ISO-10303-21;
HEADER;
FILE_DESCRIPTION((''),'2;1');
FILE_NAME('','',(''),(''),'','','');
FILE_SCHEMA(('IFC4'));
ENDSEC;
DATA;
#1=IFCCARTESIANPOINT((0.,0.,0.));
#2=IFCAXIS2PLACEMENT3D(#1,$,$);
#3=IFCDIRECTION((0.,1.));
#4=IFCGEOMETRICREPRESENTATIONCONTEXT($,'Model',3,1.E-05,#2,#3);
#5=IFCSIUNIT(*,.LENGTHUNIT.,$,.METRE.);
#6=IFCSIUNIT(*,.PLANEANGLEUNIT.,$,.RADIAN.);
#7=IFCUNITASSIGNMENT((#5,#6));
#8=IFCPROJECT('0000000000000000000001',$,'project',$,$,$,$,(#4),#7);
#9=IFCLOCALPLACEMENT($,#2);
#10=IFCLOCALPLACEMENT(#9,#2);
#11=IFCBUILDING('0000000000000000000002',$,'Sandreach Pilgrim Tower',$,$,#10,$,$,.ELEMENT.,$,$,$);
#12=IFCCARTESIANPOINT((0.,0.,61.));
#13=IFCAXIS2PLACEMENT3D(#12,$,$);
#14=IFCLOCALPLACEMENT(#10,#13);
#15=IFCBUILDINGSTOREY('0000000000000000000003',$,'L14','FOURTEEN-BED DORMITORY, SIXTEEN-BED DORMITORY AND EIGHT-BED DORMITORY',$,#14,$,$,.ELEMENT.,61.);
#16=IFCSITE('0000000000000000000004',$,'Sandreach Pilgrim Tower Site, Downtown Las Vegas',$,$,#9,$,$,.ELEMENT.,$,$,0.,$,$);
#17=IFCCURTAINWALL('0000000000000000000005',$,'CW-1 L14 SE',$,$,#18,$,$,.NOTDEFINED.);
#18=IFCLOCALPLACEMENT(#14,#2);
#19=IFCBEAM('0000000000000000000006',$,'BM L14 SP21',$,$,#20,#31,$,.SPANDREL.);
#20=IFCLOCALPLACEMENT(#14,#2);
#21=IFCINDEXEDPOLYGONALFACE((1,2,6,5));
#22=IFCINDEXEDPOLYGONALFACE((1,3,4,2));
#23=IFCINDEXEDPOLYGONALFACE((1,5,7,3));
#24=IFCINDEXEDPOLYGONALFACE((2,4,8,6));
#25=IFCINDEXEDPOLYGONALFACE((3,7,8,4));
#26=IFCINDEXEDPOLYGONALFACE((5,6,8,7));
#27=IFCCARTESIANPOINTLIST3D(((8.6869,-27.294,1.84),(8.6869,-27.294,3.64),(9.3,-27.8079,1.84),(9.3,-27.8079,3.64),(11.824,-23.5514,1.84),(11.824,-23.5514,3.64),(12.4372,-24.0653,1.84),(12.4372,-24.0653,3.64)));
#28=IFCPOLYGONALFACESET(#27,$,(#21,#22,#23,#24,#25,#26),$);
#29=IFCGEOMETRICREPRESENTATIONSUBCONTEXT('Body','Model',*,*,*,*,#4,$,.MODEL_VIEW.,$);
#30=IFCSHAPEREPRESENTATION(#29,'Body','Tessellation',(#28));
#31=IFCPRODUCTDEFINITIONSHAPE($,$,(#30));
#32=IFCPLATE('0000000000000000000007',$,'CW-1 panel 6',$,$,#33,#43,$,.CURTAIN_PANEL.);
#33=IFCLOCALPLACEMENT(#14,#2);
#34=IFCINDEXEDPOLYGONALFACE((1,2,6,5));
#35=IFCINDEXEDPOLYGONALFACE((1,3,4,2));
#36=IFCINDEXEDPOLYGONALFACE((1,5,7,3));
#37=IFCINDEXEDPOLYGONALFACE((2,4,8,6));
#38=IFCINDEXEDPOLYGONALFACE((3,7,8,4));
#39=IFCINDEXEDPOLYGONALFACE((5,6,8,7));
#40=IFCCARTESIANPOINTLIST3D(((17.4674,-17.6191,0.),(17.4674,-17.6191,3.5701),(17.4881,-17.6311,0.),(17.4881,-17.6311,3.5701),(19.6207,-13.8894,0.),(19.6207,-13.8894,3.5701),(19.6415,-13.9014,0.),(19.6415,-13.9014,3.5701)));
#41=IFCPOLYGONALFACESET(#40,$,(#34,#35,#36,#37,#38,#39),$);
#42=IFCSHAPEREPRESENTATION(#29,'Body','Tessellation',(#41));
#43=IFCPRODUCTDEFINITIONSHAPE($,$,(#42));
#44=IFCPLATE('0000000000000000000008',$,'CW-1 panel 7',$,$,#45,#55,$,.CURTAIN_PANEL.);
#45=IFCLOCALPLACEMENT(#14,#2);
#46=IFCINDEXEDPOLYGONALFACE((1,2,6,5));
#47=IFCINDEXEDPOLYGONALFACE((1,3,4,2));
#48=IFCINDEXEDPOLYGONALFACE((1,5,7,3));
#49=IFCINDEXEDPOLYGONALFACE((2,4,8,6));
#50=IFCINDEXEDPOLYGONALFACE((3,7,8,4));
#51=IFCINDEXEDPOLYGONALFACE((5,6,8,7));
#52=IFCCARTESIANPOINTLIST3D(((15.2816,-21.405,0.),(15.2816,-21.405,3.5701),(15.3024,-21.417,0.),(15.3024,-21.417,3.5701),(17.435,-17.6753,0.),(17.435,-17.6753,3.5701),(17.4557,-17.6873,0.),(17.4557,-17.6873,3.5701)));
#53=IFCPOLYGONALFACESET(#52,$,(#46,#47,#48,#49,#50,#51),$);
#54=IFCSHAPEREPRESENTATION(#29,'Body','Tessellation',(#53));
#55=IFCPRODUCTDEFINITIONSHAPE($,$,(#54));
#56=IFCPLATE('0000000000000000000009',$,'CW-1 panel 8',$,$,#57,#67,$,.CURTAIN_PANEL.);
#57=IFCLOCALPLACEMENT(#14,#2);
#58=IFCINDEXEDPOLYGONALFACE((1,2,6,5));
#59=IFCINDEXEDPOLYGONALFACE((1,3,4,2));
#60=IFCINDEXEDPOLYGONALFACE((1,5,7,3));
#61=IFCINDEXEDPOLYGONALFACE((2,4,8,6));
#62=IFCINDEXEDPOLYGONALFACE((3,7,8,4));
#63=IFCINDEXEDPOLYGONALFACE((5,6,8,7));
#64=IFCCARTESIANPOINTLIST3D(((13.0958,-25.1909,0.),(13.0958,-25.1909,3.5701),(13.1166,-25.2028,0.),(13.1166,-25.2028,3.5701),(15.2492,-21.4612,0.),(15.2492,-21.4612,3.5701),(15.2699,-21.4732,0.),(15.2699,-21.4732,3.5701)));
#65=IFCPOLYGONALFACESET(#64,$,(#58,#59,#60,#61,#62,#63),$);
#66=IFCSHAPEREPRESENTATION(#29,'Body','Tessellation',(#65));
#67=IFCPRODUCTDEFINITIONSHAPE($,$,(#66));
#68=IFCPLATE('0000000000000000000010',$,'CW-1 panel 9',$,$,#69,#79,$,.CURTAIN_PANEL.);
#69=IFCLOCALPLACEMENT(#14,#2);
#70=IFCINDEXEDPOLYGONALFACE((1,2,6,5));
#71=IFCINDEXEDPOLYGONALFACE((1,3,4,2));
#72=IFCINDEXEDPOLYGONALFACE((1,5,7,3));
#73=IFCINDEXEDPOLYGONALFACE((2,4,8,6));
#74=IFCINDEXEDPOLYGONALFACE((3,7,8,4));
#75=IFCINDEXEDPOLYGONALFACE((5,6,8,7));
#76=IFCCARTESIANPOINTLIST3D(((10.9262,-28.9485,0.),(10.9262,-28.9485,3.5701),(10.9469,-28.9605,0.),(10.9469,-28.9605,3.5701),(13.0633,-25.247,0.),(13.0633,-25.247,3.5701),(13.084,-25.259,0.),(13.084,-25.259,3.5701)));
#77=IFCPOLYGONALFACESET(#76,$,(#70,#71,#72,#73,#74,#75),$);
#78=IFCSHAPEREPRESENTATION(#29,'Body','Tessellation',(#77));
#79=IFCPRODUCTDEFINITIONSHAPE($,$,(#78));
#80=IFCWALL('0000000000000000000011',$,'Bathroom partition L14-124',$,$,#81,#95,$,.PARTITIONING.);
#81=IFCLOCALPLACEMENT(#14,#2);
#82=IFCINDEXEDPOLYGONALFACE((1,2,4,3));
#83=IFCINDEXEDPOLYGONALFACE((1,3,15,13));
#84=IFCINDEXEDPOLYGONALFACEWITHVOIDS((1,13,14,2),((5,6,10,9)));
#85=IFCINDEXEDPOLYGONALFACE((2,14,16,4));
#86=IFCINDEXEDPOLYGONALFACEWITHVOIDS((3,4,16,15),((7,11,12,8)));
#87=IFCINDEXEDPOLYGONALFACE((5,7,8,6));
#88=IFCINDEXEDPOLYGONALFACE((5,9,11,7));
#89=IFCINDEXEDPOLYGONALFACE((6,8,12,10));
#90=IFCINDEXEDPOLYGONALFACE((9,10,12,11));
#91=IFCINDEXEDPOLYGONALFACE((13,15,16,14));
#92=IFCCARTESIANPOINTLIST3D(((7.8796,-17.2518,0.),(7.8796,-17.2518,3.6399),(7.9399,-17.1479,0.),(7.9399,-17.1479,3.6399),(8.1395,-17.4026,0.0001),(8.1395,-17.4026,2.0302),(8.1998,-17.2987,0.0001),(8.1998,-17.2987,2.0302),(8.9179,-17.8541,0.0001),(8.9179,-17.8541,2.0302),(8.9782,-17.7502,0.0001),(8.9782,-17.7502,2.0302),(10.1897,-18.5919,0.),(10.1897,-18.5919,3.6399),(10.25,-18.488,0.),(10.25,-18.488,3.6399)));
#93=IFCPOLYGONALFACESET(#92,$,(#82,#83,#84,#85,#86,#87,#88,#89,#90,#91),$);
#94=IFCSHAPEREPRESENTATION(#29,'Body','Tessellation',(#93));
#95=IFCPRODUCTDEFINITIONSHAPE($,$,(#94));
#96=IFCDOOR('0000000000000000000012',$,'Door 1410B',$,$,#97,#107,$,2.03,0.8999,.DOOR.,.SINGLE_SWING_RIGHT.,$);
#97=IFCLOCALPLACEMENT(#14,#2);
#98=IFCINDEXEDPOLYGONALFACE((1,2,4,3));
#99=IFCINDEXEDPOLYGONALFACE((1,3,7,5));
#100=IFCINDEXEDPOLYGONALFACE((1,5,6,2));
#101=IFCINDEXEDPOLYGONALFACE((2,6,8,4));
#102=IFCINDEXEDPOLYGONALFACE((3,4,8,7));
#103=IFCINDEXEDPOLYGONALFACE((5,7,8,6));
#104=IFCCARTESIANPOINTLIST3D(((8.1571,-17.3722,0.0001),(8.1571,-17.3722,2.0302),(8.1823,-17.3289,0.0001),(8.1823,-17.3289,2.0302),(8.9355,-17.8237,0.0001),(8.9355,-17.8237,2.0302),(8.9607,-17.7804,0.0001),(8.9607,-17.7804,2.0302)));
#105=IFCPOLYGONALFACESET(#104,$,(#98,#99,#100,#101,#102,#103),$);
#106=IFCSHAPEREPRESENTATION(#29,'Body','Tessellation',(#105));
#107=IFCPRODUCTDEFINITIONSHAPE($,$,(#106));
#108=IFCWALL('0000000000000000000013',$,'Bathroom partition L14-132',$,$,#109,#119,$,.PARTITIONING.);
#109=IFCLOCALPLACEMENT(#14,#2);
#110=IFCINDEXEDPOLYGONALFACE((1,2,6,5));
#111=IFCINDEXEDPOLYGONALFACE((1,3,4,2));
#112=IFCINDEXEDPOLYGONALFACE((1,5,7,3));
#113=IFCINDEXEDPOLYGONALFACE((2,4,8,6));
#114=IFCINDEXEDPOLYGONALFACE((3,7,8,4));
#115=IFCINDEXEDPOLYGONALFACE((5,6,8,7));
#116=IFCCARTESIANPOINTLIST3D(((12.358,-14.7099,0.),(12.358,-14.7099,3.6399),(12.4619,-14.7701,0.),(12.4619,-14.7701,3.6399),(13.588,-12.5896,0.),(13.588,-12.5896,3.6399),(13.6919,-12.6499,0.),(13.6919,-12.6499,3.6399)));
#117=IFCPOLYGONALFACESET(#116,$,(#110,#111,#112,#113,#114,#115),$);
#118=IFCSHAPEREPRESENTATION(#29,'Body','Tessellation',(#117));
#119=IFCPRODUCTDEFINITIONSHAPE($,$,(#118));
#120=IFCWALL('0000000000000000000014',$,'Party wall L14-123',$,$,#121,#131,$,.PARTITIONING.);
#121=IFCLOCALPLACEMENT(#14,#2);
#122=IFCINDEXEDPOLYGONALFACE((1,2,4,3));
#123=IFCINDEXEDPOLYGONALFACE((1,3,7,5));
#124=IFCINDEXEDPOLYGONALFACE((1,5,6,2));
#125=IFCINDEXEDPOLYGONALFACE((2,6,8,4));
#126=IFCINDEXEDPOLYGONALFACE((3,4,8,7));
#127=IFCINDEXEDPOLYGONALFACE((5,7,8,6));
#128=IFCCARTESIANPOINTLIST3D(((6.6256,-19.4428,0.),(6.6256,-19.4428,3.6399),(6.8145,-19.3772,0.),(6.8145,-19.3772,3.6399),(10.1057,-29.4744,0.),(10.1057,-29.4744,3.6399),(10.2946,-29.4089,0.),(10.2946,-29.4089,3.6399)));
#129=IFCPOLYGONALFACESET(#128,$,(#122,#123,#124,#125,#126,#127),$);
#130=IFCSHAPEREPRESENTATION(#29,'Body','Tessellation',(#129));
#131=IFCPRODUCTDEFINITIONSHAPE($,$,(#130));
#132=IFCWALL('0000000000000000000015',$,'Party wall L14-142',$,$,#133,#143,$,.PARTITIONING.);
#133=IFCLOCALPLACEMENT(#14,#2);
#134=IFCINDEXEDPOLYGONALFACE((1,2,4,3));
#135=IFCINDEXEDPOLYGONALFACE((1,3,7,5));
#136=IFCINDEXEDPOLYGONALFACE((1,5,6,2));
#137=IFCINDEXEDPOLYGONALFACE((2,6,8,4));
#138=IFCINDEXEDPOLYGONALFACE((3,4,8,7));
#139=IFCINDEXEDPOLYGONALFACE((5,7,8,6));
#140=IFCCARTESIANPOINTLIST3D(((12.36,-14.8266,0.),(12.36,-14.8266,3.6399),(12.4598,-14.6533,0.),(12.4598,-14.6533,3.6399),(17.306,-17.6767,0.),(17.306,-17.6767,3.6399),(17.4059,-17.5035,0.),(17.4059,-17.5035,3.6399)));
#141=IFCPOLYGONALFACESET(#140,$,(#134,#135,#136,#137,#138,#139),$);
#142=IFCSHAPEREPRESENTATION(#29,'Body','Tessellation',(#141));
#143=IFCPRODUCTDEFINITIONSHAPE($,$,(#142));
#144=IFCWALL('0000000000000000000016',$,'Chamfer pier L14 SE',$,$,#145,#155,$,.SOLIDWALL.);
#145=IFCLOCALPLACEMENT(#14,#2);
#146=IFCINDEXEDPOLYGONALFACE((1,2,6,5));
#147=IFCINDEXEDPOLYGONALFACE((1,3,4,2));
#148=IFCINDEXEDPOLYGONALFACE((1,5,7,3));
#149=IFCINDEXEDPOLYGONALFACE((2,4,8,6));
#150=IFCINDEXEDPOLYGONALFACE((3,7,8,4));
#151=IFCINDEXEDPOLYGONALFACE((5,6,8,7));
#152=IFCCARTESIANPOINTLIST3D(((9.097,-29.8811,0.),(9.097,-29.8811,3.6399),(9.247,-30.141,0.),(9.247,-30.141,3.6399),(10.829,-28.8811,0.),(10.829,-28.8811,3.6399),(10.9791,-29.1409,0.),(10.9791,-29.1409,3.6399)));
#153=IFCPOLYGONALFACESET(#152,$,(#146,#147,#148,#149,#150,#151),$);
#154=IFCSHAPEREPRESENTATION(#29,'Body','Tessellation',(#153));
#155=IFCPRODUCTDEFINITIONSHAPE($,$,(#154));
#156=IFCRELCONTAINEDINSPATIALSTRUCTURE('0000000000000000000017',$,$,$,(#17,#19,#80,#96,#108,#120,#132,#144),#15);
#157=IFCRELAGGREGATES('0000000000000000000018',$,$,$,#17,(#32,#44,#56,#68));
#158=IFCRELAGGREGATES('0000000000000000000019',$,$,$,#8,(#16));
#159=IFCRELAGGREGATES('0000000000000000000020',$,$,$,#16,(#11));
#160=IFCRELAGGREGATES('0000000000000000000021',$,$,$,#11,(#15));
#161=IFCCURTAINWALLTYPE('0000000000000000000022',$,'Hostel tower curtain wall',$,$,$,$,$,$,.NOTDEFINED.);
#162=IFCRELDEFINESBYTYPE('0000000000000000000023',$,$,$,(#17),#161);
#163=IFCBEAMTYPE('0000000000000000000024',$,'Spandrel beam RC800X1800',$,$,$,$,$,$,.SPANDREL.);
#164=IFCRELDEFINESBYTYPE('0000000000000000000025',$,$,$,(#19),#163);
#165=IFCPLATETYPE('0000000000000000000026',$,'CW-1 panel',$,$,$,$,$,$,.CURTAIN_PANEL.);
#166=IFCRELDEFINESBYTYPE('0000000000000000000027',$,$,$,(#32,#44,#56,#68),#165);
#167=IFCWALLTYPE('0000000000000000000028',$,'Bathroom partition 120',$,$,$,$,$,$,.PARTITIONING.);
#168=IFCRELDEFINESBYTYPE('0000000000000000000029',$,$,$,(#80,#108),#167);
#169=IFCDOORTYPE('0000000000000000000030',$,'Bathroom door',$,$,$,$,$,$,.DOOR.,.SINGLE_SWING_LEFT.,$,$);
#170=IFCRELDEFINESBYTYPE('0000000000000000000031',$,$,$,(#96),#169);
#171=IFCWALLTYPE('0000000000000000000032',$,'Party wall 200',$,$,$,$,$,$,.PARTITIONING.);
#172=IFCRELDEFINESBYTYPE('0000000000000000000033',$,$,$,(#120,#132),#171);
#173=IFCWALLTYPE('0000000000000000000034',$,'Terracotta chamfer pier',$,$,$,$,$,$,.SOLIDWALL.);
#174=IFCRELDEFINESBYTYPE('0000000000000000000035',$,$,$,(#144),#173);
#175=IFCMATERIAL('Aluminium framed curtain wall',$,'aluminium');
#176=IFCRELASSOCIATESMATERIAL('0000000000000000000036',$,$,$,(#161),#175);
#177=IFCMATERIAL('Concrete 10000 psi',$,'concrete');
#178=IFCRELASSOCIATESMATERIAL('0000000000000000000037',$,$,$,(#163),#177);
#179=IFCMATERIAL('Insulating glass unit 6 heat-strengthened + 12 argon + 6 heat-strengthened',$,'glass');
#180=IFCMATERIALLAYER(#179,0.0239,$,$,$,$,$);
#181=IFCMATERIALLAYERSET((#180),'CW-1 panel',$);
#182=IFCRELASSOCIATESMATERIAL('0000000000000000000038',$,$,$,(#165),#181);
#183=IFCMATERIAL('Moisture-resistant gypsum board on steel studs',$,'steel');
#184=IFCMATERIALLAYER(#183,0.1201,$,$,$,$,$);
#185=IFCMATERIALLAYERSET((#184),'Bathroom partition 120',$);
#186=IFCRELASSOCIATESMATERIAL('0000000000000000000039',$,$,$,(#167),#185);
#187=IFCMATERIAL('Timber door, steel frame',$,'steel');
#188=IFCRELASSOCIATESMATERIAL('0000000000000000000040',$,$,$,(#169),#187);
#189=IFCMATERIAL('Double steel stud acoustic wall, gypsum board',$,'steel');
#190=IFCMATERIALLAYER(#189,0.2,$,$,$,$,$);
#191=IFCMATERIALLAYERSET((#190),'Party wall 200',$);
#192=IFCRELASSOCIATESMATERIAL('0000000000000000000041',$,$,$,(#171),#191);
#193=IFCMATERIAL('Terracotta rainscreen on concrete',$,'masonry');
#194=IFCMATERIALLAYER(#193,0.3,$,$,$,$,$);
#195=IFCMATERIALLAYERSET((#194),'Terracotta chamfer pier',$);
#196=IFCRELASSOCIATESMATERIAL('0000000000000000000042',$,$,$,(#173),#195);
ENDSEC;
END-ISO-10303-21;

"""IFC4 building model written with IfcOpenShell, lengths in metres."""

from ifc_helpers import new_model, si_unit, direction, frame, frame_2d, origin, origin_2d, place, context, subcontext, project, spatial, rectangle, extrude, material, layer, layer_set, material_profile, profile_set, type_object, element, fill, aggregate, save


model = new_model("IFC4")

# Units and contexts
model_context = context("Model", 3, precision=1e-05, world=origin(), true_north=direction((0.0, 1.0)))
body_context = subcontext(model_context, "Body", "Model", "MODEL_VIEW")
ifc_project = project(units=[si_unit("LENGTHUNIT", "METRE"), si_unit("PLANEANGLEUNIT", "RADIAN")], contexts=[model_context])

# Site, building, storey
site_placement = place(None, origin())
site = spatial("IfcSite", under=ifc_project, at=site_placement, Name="Sandreach Pilgrim Tower Site, Downtown Las Vegas", CompositionType="ELEMENT", RefElevation=0.0)
building_placement = place(site_placement, origin())
building = spatial("IfcBuilding", under=site, at=building_placement, Name="Sandreach Pilgrim Tower", CompositionType="ELEMENT")
storey_placement = place(building_placement, frame((0.0, 0.0, 61.0)))
storey = spatial("IfcBuildingStorey", under=building, at=storey_placement, Name="L14", Description="FOURTEEN-BED DORMITORY, SIXTEEN-BED DORMITORY AND EIGHT-BED DORMITORY", CompositionType="ELEMENT", Elevation=61.0)

# Curtain wall
ifc_material_1 = material(Name="Aluminium framed curtain wall", Category="aluminium")
curtain_wall_type = type_object("IfcCurtainWallType", Name="Hostel tower curtain wall", PredefinedType="NOTDEFINED", material=ifc_material_1)
curtain_wall_1_placement = place(storey_placement, origin())
curtain_wall_1 = element("IfcCurtainWall", 1, at=curtain_wall_1_placement, inside=storey, type_object=curtain_wall_type, Name="CW-1 L14 SE", PredefinedType="NOTDEFINED")

# Beam
ifc_material_2 = material(Name="Concrete 10000 psi", Category="concrete")
ifc_material_profile_1 = material_profile(ifc_material_2, rectangle(XDim=0.8, YDim=1.8, at=origin_2d()), Name="RC800X1800")
ifc_profile_set_1 = profile_set([ifc_material_profile_1], Name="Concrete 10000 psi")
beam_type_1 = type_object("IfcBeamType", Name="Spandrel beam RC800X1800", PredefinedType="SPANDREL", material=ifc_profile_set_1)
beam_1_placement = place(storey_placement, frame((12.1306, -23.8083, 2.74), z_axis=(-0.642394, -0.766374, 0.0), x_axis=(0.766374, -0.642394, 0.0)))
element("IfcBeam", 2, at=beam_1_placement, inside=storey, type_object=beam_type_1, Name="BM L14 SP21", PredefinedType="SPANDREL", context=body_context, shape_type="SweptSolid", body=[
    extrude(rectangle(XDim=0.8, YDim=1.8, at=origin_2d()), origin(), (0.0, 0.0, 1.0), 4.8835),
])

# Plates
ifc_material_3 = material(Name="Insulating glass unit 6 heat-strengthened + 12 argon + 6 heat-strengthened", Category="glass")
ifc_layer_1 = layer(ifc_material_3, 0.0239)
ifc_layer_set_1 = layer_set([ifc_layer_1], Name="CW-1 panel")
plate_type = type_object("IfcPlateType", Name="CW-1 panel", PredefinedType="CURTAIN_PANEL", material=ifc_layer_set_1)
plate_1_placement = place(storey_placement, frame((18.5544, -15.7603, 0.0), z_axis=(0.0, 0.0, 1.0), x_axis=(-0.5, -0.866025, 0.0)))
plate_1 = element("IfcPlate", 3, at=plate_1_placement, type_object=plate_type, Name="CW-1 panel 6", PredefinedType="CURTAIN_PANEL", context=body_context, shape_type="SweptSolid", body=[
    extrude(rectangle(XDim=4.3066, YDim=0.0239, at=origin_2d()), origin(), (0.0, 0.0, 1.0), 3.5701),
])
plate_2_placement = place(storey_placement, frame((16.3687, -19.5461, 0.0), z_axis=(0.0, 0.0, 1.0), x_axis=(-0.5, -0.866025, 0.0)))
plate_2 = element("IfcPlate", 4, at=plate_2_placement, type_object=plate_type, Name="CW-1 panel 7", PredefinedType="CURTAIN_PANEL", context=body_context, shape_type="SweptSolid", body=[
    extrude(rectangle(XDim=4.3066, YDim=0.0239, at=origin_2d()), origin(), (0.0, 0.0, 1.0), 3.5701),
])
plate_3_placement = place(storey_placement, frame((14.1829, -23.332, 0.0), z_axis=(0.0, 0.0, 1.0), x_axis=(-0.5, -0.866025, 0.0)))
plate_3 = element("IfcPlate", 5, at=plate_3_placement, type_object=plate_type, Name="CW-1 panel 8", PredefinedType="CURTAIN_PANEL", context=body_context, shape_type="SweptSolid", body=[
    extrude(rectangle(XDim=4.3066, YDim=0.0239, at=origin_2d()), origin(), (0.0, 0.0, 1.0), 3.5701),
])
plate_4_placement = place(storey_placement, frame((12.0051, -27.1038, 0.0), z_axis=(0.0, 0.0, 1.0), x_axis=(-0.5, -0.866025, 0.0)))
plate_4 = element("IfcPlate", 6, at=plate_4_placement, type_object=plate_type, Name="CW-1 panel 9", PredefinedType="CURTAIN_PANEL", context=body_context, shape_type="SweptSolid", body=[
    extrude(rectangle(XDim=4.2742, YDim=0.0239, at=origin_2d()), origin(), (0.0, 0.0, 1.0), 3.5701),
])
aggregate(curtain_wall_1, [plate_1, plate_2, plate_3, plate_4])

# Wall, opening, door
ifc_material_4 = material(Name="Moisture-resistant gypsum board on steel studs", Category="steel")
ifc_layer_2 = layer(ifc_material_4, 0.1201)
ifc_layer_set_2 = layer_set([ifc_layer_2], Name="Bathroom partition 120")
wall_type_1 = type_object("IfcWallType", Name="Bathroom partition 120", PredefinedType="PARTITIONING", material=ifc_layer_set_2)
wall_1_placement = place(storey_placement, frame((10.22, -18.54, 0.0), z_axis=(0.0, 0.0, 1.0), x_axis=(-0.86499, 0.501789, 0.0)))
wall_1 = element("IfcWall", 7, at=wall_1_placement, inside=storey, type_object=wall_type_1, Name="Bathroom partition L14-124", PredefinedType="PARTITIONING", context=body_context, shape_type="SweptSolid", body=[
    extrude(rectangle(XDim=2.6707, YDim=0.1201, at=frame_2d((1.3354, 0.0))), origin(), (0.0, 0.0, 1.0), 3.6399),
])
opening_placement = place(wall_1_placement, frame((1.4705, 0.0, 0.0)))
opening = element("IfcOpeningElement", 8, at=opening_placement, cuts=wall_1, PredefinedType="OPENING", context=body_context, shape_type="SweptSolid", body=[
    extrude(rectangle(XDim=0.8999, YDim=2.03, at=frame_2d((0.45, 1.0151))), frame((0.0, 0.0601, 0.0), z_axis=(0.0, -1.0, 0.0), x_axis=(1.0, 0.0, 0.0)), (0.0, 0.0, 1.0), 0.1201),
])
ifc_material_5 = material(Name="Timber door, steel frame", Category="steel")
door_type = type_object("IfcDoorType", Name="Bathroom door", OperationType="SINGLE_SWING_LEFT", PredefinedType="DOOR", material=ifc_material_5)
door_placement = place(opening_placement, origin())
door = element("IfcDoor", 9, at=door_placement, inside=storey, type_object=door_type, Name="Door 1410B", OperationType="SINGLE_SWING_RIGHT", OverallHeight=2.03, OverallWidth=0.8999, PredefinedType="DOOR", context=body_context, shape_type="SweptSolid", body=[
    extrude(rectangle(XDim=0.8999, YDim=2.03, at=frame_2d((0.45, 1.0151))), frame((0.0, 0.0249, 0.0), z_axis=(0.0, -1.0, 0.0), x_axis=(1.0, 0.0, 0.0)), (0.0, 0.0, 1.0), 0.05),
])
fill(opening, door)

# Walls
wall_2_placement = place(storey_placement, frame((12.4099, -14.74, 0.0), z_axis=(0.0, 0.0, 1.0), x_axis=(0.501813, 0.864976, 0.0)))
element("IfcWall", 10, at=wall_2_placement, inside=storey, type_object=wall_type_1, Name="Bathroom partition L14-132", PredefinedType="PARTITIONING", context=body_context, shape_type="SweptSolid", body=[
    extrude(rectangle(XDim=2.4512, YDim=0.1201, at=frame_2d((1.2256, 0.0))), origin(), (0.0, 0.0, 1.0), 3.6399),
])
ifc_material_6 = material(Name="Double steel stud acoustic wall, gypsum board", Category="steel")
ifc_layer_3 = layer(ifc_material_6, 0.2)
ifc_layer_set_3 = layer_set([ifc_layer_3], Name="Party wall 200")
wall_type_2 = type_object("IfcWallType", Name="Party wall 200", PredefinedType="PARTITIONING", material=ifc_layer_set_3)
wall_3_placement = place(storey_placement, frame((10.2002, -29.4417, 0.0), z_axis=(0.0, 0.0, 1.0), x_axis=(-0.327758, 0.944762, 0.0)))
element("IfcWall", 11, at=wall_3_placement, inside=storey, type_object=wall_type_2, Name="Party wall L14-123", PredefinedType="PARTITIONING", context=body_context, shape_type="SweptSolid", body=[
    extrude(rectangle(XDim=10.6182, YDim=0.2, at=frame_2d((5.3091, 0.0))), origin(), (0.0, 0.0, 1.0), 3.6399),
])
wall_4_placement = place(storey_placement, frame((17.356, -17.5901, 0.0), z_axis=(0.0, 0.0, 1.0), x_axis=(-0.866443, 0.499277, 0.0)))
element("IfcWall", 12, at=wall_4_placement, inside=storey, type_object=wall_type_2, Name="Party wall L14-142", PredefinedType="PARTITIONING", context=body_context, shape_type="SweptSolid", body=[
    extrude(rectangle(XDim=5.7085, YDim=0.2, at=frame_2d((2.8542, 0.0))), origin(), (0.0, 0.0, 1.0), 3.6399),
])
ifc_material_7 = material(Name="Terracotta rainscreen on concrete", Category="masonry")
ifc_layer_4 = layer(ifc_material_7, 0.3)
ifc_layer_set_4 = layer_set([ifc_layer_4], Name="Terracotta chamfer pier")
wall_type_3 = type_object("IfcWallType", Name="Terracotta chamfer pier", PredefinedType="SOLIDWALL", material=ifc_layer_set_4)
wall_5_placement = place(storey_placement, frame((10.9041, -29.011, 0.0), z_axis=(0.0, 0.0, 1.0), x_axis=(-0.866011, -0.500025, 0.0)))
element("IfcWall", 13, at=wall_5_placement, inside=storey, type_object=wall_type_3, Name="Chamfer pier L14 SE", PredefinedType="SOLIDWALL", context=body_context, shape_type="SweptSolid", body=[
    extrude(rectangle(XDim=2.0, YDim=0.3, at=frame_2d((1.0, 0.0))), origin(), (0.0, 0.0, 1.0), 3.6399),
])

save(model, "model.ifc")
